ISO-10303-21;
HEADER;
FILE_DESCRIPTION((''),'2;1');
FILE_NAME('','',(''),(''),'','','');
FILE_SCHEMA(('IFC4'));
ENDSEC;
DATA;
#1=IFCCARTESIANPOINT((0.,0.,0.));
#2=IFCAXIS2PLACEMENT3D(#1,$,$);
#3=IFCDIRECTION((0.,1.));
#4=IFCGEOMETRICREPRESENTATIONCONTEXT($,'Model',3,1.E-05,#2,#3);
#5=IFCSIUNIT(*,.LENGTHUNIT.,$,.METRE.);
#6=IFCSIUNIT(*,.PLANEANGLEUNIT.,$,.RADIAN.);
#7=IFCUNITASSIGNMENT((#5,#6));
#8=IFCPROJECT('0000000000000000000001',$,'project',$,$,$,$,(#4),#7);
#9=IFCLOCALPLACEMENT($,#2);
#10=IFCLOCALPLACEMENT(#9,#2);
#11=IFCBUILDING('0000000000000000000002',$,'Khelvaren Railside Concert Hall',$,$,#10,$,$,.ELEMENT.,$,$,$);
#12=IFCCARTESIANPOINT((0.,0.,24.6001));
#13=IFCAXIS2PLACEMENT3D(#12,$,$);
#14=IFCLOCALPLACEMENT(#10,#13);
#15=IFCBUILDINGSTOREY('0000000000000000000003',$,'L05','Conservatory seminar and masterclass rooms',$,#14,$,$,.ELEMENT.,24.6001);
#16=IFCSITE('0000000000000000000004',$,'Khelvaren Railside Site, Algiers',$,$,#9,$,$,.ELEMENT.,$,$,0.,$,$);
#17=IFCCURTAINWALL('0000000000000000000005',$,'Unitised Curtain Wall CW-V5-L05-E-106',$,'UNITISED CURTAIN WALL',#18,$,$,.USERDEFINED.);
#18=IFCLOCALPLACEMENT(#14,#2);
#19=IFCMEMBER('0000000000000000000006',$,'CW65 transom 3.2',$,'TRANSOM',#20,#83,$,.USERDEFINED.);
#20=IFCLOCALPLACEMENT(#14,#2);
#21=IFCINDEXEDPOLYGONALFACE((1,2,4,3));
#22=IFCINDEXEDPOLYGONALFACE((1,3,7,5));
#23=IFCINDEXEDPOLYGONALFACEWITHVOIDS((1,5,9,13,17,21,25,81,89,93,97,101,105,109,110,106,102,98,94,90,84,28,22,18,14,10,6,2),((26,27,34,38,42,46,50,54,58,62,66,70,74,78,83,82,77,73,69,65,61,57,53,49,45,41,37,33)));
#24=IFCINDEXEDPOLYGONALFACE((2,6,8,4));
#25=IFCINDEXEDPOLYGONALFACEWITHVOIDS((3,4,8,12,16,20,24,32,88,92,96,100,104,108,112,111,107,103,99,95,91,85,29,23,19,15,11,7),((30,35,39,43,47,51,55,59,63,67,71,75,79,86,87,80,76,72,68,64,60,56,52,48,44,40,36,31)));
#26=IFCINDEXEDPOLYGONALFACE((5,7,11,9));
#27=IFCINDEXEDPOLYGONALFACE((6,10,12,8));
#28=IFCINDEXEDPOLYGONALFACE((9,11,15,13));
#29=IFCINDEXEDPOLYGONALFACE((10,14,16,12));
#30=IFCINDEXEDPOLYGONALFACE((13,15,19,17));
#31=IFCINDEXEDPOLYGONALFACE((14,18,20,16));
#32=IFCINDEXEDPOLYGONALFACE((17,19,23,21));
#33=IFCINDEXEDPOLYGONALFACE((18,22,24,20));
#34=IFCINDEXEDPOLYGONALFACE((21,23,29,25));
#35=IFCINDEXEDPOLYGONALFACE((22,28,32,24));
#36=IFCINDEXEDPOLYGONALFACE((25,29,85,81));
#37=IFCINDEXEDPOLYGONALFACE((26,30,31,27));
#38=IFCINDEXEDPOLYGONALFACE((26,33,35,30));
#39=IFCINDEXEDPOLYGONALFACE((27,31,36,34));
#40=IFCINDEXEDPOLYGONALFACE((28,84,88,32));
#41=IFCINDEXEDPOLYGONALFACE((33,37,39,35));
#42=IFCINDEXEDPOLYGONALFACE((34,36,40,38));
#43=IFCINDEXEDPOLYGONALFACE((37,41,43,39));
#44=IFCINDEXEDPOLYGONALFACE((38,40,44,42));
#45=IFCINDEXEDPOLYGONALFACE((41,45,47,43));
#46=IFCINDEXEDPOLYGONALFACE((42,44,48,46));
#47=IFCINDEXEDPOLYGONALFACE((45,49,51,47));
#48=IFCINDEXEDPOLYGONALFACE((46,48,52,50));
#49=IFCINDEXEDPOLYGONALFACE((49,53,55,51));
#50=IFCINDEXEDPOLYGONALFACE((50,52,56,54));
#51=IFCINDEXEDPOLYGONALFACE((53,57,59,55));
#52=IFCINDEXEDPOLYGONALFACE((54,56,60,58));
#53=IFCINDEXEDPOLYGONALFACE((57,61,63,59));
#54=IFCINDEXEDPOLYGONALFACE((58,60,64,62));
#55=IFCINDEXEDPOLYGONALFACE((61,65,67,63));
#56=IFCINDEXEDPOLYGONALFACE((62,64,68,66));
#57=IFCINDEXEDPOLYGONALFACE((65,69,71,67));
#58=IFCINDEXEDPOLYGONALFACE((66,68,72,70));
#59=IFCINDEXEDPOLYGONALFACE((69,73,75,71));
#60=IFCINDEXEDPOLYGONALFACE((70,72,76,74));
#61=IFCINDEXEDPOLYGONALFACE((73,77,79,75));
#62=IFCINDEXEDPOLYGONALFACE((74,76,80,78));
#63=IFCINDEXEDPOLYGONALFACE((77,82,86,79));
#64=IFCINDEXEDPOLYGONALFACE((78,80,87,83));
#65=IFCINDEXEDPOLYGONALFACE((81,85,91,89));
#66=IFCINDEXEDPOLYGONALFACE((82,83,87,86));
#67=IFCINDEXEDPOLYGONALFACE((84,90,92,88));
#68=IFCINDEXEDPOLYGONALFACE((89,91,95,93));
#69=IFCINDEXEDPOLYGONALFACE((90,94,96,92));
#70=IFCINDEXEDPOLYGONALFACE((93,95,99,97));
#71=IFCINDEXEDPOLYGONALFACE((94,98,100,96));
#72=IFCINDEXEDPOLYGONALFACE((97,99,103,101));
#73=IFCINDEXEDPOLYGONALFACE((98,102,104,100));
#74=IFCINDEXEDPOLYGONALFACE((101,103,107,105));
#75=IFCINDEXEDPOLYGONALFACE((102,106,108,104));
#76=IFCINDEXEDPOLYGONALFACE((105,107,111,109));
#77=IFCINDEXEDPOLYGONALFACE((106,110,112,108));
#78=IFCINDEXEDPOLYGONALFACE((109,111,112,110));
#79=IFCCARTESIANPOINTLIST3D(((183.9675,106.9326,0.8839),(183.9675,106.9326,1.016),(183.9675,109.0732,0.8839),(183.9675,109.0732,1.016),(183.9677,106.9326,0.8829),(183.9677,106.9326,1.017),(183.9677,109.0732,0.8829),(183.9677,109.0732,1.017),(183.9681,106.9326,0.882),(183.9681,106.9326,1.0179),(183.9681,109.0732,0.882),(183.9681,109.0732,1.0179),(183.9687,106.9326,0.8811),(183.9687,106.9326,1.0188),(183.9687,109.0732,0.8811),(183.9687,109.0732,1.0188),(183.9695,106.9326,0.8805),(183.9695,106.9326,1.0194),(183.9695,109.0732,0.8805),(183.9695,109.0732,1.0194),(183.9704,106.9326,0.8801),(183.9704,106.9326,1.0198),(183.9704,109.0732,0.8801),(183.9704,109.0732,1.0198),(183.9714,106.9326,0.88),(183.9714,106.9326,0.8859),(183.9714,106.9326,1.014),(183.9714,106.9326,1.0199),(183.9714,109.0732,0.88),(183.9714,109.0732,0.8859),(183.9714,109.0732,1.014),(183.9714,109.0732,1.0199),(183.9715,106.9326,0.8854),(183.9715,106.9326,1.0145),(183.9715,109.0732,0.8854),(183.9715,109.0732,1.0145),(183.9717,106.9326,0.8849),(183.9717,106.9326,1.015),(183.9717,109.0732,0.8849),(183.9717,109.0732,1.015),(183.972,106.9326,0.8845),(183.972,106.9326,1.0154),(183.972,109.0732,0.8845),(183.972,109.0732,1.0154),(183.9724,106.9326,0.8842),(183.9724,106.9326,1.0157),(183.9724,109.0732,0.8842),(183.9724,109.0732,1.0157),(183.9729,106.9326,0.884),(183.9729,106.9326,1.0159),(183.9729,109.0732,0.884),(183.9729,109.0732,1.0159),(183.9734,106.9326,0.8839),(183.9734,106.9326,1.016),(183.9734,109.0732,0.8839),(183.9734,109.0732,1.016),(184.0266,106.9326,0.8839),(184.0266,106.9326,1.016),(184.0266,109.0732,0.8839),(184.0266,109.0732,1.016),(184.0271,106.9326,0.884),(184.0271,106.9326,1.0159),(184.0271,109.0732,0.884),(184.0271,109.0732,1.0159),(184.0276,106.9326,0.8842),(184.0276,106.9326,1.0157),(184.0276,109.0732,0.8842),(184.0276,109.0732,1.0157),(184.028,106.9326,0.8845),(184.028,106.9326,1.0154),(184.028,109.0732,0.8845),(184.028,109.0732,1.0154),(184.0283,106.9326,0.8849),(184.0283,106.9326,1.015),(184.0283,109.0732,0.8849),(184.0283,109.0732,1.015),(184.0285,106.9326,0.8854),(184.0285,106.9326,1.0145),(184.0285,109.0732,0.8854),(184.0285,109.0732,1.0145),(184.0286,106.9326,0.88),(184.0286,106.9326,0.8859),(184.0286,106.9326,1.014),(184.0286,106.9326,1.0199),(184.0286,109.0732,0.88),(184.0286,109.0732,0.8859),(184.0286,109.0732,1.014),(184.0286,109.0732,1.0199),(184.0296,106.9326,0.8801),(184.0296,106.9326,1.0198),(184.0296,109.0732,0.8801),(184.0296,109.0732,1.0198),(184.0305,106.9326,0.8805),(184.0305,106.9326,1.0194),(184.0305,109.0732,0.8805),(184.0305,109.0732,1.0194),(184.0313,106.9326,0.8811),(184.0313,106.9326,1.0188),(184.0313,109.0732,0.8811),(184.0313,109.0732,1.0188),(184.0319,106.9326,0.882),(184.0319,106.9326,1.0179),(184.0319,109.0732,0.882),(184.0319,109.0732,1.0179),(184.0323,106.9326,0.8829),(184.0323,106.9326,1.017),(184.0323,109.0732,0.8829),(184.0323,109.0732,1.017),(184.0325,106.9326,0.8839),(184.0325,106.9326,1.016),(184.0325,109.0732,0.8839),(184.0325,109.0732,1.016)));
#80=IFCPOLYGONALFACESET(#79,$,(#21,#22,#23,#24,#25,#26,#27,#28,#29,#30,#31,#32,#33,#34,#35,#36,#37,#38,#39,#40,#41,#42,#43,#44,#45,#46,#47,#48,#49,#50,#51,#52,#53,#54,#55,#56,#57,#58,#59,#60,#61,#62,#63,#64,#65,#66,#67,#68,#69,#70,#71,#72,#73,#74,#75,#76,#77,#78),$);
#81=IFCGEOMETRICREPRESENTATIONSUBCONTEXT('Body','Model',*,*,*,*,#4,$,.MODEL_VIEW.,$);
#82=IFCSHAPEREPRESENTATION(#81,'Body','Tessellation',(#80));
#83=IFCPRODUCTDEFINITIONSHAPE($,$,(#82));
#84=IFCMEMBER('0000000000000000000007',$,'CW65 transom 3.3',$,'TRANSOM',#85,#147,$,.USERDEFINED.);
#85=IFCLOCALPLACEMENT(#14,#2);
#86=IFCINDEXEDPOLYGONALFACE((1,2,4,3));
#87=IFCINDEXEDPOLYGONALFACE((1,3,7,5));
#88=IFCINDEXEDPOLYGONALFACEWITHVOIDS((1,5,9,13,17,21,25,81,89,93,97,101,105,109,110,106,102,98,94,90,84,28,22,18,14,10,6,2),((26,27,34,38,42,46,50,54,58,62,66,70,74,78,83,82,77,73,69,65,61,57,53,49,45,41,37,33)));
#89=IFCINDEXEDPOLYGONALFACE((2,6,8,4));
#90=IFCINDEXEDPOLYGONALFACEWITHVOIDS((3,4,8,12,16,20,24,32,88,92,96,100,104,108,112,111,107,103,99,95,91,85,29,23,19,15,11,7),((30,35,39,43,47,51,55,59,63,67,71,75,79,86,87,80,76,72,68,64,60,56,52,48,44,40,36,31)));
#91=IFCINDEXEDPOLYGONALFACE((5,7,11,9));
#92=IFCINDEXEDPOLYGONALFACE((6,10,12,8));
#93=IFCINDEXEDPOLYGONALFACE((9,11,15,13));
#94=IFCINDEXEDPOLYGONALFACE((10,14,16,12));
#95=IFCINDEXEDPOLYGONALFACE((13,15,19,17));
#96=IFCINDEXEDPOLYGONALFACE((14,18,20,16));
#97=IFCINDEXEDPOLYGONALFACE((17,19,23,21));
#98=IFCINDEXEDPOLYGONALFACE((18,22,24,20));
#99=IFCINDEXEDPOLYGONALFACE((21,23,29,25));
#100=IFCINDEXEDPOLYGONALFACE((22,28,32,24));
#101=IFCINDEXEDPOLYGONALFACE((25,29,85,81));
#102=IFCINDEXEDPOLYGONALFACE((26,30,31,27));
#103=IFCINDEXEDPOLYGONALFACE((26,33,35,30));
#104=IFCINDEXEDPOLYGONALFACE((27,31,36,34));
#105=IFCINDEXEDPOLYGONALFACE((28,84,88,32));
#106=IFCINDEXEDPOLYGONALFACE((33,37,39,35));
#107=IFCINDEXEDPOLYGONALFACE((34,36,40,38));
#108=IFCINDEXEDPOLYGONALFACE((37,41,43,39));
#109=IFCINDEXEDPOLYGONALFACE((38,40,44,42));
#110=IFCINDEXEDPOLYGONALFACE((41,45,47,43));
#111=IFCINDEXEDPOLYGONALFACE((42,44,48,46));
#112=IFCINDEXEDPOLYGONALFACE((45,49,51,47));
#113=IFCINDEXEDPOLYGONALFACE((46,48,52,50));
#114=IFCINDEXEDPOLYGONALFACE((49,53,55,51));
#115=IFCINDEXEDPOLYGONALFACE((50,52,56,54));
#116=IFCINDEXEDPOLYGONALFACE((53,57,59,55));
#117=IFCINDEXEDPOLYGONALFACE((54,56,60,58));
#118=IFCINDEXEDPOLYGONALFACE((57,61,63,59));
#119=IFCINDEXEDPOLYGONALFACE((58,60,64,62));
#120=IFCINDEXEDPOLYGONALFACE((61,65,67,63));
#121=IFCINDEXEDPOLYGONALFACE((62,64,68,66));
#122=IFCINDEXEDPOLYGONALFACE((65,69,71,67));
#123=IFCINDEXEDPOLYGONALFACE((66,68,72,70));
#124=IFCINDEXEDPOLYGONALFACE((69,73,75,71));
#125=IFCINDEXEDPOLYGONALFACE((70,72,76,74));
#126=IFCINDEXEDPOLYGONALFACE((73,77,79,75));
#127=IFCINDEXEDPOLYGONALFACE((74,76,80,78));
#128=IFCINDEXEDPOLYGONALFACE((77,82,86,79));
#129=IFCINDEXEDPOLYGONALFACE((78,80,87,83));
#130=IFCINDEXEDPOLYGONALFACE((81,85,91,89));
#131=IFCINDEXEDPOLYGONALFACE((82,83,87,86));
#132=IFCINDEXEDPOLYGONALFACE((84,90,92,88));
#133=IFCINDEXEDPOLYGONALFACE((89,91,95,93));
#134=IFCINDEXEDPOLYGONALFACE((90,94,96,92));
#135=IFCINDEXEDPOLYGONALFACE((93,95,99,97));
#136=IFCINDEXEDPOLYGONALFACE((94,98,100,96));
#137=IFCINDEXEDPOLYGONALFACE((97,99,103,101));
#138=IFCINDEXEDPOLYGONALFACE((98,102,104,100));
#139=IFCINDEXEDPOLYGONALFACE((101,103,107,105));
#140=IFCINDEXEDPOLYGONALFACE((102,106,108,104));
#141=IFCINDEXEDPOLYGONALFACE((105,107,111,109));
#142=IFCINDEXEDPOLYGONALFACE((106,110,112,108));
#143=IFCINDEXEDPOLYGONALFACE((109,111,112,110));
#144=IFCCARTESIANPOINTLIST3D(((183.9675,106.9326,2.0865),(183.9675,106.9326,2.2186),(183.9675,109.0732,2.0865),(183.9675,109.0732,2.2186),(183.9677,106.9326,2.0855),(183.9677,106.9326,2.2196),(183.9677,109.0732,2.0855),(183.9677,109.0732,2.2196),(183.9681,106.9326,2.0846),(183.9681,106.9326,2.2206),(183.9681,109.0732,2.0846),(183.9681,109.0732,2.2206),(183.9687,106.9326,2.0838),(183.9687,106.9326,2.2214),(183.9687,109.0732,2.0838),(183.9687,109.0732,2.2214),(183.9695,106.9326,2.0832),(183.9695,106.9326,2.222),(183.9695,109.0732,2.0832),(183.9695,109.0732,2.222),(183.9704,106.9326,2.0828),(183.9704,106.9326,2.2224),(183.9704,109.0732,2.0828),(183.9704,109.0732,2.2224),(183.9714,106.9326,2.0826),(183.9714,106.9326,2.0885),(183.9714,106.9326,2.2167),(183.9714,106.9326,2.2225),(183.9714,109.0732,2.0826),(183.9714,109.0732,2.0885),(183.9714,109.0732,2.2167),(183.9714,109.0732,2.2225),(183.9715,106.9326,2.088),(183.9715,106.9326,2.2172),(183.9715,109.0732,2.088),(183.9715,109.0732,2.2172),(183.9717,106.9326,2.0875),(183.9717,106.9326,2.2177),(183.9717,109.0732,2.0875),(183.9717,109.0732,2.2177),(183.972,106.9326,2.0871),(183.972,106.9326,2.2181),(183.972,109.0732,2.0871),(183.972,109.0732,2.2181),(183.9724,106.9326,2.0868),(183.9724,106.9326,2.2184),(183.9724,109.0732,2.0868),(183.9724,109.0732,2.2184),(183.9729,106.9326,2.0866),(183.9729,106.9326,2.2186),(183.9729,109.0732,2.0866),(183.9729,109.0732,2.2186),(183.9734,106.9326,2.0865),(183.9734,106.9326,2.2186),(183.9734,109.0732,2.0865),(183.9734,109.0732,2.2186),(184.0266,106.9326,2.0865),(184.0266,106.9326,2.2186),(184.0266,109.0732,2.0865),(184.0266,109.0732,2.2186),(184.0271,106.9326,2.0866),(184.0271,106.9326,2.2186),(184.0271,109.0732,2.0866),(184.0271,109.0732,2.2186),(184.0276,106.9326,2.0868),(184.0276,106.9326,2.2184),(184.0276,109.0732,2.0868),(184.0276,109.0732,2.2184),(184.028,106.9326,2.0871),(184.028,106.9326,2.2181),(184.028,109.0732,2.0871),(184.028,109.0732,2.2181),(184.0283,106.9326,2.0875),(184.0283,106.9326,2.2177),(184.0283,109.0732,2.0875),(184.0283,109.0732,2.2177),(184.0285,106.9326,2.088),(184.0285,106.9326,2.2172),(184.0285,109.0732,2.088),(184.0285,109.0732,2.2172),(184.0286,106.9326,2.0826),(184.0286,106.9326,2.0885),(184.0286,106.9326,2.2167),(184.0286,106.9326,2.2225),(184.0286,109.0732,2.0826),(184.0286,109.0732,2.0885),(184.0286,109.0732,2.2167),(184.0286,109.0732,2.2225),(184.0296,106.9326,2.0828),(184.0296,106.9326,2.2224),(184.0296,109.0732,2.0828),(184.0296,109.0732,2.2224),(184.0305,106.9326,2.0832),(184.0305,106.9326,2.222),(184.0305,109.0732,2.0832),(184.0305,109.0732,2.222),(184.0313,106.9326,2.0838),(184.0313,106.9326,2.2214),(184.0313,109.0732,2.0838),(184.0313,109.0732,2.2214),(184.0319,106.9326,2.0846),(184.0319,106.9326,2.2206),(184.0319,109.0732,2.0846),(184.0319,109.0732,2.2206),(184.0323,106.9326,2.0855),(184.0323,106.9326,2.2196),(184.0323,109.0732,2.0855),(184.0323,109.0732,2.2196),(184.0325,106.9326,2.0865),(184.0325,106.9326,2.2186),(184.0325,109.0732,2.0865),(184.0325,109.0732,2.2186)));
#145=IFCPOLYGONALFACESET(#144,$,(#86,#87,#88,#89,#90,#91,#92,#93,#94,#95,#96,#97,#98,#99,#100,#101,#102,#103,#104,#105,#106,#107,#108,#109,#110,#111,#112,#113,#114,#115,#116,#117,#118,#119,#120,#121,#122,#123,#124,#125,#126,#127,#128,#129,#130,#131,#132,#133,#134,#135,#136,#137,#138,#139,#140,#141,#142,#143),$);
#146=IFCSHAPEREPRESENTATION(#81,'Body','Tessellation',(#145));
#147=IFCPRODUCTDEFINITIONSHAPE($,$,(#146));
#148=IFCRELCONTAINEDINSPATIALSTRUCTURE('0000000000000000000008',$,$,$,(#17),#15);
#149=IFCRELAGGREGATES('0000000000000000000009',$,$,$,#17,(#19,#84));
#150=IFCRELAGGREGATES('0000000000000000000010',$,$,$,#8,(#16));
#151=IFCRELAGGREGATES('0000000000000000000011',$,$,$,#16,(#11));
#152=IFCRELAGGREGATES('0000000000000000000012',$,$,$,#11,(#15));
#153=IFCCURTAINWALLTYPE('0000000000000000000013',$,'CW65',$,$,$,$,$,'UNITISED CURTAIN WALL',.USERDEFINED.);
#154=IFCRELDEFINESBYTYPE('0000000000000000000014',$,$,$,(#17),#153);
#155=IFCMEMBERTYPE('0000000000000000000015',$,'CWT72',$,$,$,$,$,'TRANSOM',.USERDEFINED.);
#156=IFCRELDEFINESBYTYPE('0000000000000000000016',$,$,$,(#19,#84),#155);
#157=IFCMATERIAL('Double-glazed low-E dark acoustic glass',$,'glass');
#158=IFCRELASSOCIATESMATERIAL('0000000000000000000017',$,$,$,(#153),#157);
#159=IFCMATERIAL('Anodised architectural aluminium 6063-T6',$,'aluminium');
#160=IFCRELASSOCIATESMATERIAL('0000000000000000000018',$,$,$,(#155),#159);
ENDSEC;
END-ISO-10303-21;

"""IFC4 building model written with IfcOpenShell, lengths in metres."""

from ifc_helpers import new_model, si_unit, direction, frame, origin, origin_2d, place, context, subcontext, project, spatial, hollow_rectangle, extrude, material, material_profile, profile_set, type_object, element, aggregate, save


model = new_model("IFC4")

# Units and contexts
model_context = context("Model", 3, precision=1e-05, world=origin(), true_north=direction((0.0, 1.0)))
body_context = subcontext(model_context, "Body", "Model", "MODEL_VIEW")
ifc_project = project(units=[si_unit("LENGTHUNIT", "METRE"), si_unit("PLANEANGLEUNIT", "RADIAN")], contexts=[model_context])

# Site, building, storey
site_placement = place(None, origin())
site = spatial("IfcSite", under=ifc_project, at=site_placement, Name="Khelvaren Railside Site, Algiers", CompositionType="ELEMENT", RefElevation=0.0)
building_placement = place(site_placement, origin())
building = spatial("IfcBuilding", under=site, at=building_placement, Name="Khelvaren Railside Concert Hall", CompositionType="ELEMENT")
storey_placement = place(building_placement, frame((0.0, 0.0, 24.6001)))
storey = spatial("IfcBuildingStorey", under=building, at=storey_placement, Name="L05", Description="Conservatory seminar and masterclass rooms", CompositionType="ELEMENT", Elevation=24.6001)

# Curtain wall, members
ifc_material_1 = material(Name="Double-glazed low-E dark acoustic glass", Category="glass")
curtain_wall_type = type_object("IfcCurtainWallType", Name="CW65", ElementType="UNITISED CURTAIN WALL", PredefinedType="USERDEFINED", material=ifc_material_1)
curtain_wall_placement = place(storey_placement, origin())
curtain_wall = element("IfcCurtainWall", 1, at=curtain_wall_placement, inside=storey, type_object=curtain_wall_type, Name="Unitised Curtain Wall CW-V5-L05-E-106", ObjectType="UNITISED CURTAIN WALL", PredefinedType="USERDEFINED")
ifc_material_2 = material(Name="Anodised architectural aluminium 6063-T6", Category="aluminium")
ifc_material_profile_1 = material_profile(ifc_material_2, hollow_rectangle(XDim=0.0649, YDim=0.1399, WallThickness=0.0039, InnerFilletRadius=0.002, OuterFilletRadius=0.0039, at=origin_2d()), Name="CWT 65x140x4")
ifc_profile_set_1 = profile_set([ifc_material_profile_1], Name="Anodised architectural aluminium 6063-T6")
member_type_1 = type_object("IfcMemberType", Name="CWT72", ElementType="TRANSOM", PredefinedType="USERDEFINED", material=ifc_profile_set_1)
member_1_placement = place(storey_placement, frame((184.0, 109.0732, 0.95), z_axis=(0.0, -1.0, 0.0), x_axis=(1.0, 0.0, 0.0)))
member_1 = element("IfcMember", 2, at=member_1_placement, type_object=member_type_1, Name="CW65 transom 3.2", ObjectType="TRANSOM", PredefinedType="USERDEFINED", context=body_context, shape_type="SweptSolid", body=[
    extrude(hollow_rectangle(XDim=0.0649, YDim=0.1399, WallThickness=0.0039, InnerFilletRadius=0.002, OuterFilletRadius=0.0039, at=origin_2d()), origin(), (0.0, 0.0, 1.0), 2.1406),
])
member_2_placement = place(storey_placement, frame((184.0, 109.0732, 2.1526), z_axis=(0.0, -1.0, 0.0), x_axis=(1.0, 0.0, 0.0)))
member_2 = element("IfcMember", 3, at=member_2_placement, type_object=member_type_1, Name="CW65 transom 3.3", ObjectType="TRANSOM", PredefinedType="USERDEFINED", context=body_context, shape_type="SweptSolid", body=[
    extrude(hollow_rectangle(XDim=0.0649, YDim=0.1399, WallThickness=0.0039, InnerFilletRadius=0.002, OuterFilletRadius=0.0039, at=origin_2d()), origin(), (0.0, 0.0, 1.0), 2.1406),
])
aggregate(curtain_wall, [member_1, member_2])

save(model, "model.ifc")
